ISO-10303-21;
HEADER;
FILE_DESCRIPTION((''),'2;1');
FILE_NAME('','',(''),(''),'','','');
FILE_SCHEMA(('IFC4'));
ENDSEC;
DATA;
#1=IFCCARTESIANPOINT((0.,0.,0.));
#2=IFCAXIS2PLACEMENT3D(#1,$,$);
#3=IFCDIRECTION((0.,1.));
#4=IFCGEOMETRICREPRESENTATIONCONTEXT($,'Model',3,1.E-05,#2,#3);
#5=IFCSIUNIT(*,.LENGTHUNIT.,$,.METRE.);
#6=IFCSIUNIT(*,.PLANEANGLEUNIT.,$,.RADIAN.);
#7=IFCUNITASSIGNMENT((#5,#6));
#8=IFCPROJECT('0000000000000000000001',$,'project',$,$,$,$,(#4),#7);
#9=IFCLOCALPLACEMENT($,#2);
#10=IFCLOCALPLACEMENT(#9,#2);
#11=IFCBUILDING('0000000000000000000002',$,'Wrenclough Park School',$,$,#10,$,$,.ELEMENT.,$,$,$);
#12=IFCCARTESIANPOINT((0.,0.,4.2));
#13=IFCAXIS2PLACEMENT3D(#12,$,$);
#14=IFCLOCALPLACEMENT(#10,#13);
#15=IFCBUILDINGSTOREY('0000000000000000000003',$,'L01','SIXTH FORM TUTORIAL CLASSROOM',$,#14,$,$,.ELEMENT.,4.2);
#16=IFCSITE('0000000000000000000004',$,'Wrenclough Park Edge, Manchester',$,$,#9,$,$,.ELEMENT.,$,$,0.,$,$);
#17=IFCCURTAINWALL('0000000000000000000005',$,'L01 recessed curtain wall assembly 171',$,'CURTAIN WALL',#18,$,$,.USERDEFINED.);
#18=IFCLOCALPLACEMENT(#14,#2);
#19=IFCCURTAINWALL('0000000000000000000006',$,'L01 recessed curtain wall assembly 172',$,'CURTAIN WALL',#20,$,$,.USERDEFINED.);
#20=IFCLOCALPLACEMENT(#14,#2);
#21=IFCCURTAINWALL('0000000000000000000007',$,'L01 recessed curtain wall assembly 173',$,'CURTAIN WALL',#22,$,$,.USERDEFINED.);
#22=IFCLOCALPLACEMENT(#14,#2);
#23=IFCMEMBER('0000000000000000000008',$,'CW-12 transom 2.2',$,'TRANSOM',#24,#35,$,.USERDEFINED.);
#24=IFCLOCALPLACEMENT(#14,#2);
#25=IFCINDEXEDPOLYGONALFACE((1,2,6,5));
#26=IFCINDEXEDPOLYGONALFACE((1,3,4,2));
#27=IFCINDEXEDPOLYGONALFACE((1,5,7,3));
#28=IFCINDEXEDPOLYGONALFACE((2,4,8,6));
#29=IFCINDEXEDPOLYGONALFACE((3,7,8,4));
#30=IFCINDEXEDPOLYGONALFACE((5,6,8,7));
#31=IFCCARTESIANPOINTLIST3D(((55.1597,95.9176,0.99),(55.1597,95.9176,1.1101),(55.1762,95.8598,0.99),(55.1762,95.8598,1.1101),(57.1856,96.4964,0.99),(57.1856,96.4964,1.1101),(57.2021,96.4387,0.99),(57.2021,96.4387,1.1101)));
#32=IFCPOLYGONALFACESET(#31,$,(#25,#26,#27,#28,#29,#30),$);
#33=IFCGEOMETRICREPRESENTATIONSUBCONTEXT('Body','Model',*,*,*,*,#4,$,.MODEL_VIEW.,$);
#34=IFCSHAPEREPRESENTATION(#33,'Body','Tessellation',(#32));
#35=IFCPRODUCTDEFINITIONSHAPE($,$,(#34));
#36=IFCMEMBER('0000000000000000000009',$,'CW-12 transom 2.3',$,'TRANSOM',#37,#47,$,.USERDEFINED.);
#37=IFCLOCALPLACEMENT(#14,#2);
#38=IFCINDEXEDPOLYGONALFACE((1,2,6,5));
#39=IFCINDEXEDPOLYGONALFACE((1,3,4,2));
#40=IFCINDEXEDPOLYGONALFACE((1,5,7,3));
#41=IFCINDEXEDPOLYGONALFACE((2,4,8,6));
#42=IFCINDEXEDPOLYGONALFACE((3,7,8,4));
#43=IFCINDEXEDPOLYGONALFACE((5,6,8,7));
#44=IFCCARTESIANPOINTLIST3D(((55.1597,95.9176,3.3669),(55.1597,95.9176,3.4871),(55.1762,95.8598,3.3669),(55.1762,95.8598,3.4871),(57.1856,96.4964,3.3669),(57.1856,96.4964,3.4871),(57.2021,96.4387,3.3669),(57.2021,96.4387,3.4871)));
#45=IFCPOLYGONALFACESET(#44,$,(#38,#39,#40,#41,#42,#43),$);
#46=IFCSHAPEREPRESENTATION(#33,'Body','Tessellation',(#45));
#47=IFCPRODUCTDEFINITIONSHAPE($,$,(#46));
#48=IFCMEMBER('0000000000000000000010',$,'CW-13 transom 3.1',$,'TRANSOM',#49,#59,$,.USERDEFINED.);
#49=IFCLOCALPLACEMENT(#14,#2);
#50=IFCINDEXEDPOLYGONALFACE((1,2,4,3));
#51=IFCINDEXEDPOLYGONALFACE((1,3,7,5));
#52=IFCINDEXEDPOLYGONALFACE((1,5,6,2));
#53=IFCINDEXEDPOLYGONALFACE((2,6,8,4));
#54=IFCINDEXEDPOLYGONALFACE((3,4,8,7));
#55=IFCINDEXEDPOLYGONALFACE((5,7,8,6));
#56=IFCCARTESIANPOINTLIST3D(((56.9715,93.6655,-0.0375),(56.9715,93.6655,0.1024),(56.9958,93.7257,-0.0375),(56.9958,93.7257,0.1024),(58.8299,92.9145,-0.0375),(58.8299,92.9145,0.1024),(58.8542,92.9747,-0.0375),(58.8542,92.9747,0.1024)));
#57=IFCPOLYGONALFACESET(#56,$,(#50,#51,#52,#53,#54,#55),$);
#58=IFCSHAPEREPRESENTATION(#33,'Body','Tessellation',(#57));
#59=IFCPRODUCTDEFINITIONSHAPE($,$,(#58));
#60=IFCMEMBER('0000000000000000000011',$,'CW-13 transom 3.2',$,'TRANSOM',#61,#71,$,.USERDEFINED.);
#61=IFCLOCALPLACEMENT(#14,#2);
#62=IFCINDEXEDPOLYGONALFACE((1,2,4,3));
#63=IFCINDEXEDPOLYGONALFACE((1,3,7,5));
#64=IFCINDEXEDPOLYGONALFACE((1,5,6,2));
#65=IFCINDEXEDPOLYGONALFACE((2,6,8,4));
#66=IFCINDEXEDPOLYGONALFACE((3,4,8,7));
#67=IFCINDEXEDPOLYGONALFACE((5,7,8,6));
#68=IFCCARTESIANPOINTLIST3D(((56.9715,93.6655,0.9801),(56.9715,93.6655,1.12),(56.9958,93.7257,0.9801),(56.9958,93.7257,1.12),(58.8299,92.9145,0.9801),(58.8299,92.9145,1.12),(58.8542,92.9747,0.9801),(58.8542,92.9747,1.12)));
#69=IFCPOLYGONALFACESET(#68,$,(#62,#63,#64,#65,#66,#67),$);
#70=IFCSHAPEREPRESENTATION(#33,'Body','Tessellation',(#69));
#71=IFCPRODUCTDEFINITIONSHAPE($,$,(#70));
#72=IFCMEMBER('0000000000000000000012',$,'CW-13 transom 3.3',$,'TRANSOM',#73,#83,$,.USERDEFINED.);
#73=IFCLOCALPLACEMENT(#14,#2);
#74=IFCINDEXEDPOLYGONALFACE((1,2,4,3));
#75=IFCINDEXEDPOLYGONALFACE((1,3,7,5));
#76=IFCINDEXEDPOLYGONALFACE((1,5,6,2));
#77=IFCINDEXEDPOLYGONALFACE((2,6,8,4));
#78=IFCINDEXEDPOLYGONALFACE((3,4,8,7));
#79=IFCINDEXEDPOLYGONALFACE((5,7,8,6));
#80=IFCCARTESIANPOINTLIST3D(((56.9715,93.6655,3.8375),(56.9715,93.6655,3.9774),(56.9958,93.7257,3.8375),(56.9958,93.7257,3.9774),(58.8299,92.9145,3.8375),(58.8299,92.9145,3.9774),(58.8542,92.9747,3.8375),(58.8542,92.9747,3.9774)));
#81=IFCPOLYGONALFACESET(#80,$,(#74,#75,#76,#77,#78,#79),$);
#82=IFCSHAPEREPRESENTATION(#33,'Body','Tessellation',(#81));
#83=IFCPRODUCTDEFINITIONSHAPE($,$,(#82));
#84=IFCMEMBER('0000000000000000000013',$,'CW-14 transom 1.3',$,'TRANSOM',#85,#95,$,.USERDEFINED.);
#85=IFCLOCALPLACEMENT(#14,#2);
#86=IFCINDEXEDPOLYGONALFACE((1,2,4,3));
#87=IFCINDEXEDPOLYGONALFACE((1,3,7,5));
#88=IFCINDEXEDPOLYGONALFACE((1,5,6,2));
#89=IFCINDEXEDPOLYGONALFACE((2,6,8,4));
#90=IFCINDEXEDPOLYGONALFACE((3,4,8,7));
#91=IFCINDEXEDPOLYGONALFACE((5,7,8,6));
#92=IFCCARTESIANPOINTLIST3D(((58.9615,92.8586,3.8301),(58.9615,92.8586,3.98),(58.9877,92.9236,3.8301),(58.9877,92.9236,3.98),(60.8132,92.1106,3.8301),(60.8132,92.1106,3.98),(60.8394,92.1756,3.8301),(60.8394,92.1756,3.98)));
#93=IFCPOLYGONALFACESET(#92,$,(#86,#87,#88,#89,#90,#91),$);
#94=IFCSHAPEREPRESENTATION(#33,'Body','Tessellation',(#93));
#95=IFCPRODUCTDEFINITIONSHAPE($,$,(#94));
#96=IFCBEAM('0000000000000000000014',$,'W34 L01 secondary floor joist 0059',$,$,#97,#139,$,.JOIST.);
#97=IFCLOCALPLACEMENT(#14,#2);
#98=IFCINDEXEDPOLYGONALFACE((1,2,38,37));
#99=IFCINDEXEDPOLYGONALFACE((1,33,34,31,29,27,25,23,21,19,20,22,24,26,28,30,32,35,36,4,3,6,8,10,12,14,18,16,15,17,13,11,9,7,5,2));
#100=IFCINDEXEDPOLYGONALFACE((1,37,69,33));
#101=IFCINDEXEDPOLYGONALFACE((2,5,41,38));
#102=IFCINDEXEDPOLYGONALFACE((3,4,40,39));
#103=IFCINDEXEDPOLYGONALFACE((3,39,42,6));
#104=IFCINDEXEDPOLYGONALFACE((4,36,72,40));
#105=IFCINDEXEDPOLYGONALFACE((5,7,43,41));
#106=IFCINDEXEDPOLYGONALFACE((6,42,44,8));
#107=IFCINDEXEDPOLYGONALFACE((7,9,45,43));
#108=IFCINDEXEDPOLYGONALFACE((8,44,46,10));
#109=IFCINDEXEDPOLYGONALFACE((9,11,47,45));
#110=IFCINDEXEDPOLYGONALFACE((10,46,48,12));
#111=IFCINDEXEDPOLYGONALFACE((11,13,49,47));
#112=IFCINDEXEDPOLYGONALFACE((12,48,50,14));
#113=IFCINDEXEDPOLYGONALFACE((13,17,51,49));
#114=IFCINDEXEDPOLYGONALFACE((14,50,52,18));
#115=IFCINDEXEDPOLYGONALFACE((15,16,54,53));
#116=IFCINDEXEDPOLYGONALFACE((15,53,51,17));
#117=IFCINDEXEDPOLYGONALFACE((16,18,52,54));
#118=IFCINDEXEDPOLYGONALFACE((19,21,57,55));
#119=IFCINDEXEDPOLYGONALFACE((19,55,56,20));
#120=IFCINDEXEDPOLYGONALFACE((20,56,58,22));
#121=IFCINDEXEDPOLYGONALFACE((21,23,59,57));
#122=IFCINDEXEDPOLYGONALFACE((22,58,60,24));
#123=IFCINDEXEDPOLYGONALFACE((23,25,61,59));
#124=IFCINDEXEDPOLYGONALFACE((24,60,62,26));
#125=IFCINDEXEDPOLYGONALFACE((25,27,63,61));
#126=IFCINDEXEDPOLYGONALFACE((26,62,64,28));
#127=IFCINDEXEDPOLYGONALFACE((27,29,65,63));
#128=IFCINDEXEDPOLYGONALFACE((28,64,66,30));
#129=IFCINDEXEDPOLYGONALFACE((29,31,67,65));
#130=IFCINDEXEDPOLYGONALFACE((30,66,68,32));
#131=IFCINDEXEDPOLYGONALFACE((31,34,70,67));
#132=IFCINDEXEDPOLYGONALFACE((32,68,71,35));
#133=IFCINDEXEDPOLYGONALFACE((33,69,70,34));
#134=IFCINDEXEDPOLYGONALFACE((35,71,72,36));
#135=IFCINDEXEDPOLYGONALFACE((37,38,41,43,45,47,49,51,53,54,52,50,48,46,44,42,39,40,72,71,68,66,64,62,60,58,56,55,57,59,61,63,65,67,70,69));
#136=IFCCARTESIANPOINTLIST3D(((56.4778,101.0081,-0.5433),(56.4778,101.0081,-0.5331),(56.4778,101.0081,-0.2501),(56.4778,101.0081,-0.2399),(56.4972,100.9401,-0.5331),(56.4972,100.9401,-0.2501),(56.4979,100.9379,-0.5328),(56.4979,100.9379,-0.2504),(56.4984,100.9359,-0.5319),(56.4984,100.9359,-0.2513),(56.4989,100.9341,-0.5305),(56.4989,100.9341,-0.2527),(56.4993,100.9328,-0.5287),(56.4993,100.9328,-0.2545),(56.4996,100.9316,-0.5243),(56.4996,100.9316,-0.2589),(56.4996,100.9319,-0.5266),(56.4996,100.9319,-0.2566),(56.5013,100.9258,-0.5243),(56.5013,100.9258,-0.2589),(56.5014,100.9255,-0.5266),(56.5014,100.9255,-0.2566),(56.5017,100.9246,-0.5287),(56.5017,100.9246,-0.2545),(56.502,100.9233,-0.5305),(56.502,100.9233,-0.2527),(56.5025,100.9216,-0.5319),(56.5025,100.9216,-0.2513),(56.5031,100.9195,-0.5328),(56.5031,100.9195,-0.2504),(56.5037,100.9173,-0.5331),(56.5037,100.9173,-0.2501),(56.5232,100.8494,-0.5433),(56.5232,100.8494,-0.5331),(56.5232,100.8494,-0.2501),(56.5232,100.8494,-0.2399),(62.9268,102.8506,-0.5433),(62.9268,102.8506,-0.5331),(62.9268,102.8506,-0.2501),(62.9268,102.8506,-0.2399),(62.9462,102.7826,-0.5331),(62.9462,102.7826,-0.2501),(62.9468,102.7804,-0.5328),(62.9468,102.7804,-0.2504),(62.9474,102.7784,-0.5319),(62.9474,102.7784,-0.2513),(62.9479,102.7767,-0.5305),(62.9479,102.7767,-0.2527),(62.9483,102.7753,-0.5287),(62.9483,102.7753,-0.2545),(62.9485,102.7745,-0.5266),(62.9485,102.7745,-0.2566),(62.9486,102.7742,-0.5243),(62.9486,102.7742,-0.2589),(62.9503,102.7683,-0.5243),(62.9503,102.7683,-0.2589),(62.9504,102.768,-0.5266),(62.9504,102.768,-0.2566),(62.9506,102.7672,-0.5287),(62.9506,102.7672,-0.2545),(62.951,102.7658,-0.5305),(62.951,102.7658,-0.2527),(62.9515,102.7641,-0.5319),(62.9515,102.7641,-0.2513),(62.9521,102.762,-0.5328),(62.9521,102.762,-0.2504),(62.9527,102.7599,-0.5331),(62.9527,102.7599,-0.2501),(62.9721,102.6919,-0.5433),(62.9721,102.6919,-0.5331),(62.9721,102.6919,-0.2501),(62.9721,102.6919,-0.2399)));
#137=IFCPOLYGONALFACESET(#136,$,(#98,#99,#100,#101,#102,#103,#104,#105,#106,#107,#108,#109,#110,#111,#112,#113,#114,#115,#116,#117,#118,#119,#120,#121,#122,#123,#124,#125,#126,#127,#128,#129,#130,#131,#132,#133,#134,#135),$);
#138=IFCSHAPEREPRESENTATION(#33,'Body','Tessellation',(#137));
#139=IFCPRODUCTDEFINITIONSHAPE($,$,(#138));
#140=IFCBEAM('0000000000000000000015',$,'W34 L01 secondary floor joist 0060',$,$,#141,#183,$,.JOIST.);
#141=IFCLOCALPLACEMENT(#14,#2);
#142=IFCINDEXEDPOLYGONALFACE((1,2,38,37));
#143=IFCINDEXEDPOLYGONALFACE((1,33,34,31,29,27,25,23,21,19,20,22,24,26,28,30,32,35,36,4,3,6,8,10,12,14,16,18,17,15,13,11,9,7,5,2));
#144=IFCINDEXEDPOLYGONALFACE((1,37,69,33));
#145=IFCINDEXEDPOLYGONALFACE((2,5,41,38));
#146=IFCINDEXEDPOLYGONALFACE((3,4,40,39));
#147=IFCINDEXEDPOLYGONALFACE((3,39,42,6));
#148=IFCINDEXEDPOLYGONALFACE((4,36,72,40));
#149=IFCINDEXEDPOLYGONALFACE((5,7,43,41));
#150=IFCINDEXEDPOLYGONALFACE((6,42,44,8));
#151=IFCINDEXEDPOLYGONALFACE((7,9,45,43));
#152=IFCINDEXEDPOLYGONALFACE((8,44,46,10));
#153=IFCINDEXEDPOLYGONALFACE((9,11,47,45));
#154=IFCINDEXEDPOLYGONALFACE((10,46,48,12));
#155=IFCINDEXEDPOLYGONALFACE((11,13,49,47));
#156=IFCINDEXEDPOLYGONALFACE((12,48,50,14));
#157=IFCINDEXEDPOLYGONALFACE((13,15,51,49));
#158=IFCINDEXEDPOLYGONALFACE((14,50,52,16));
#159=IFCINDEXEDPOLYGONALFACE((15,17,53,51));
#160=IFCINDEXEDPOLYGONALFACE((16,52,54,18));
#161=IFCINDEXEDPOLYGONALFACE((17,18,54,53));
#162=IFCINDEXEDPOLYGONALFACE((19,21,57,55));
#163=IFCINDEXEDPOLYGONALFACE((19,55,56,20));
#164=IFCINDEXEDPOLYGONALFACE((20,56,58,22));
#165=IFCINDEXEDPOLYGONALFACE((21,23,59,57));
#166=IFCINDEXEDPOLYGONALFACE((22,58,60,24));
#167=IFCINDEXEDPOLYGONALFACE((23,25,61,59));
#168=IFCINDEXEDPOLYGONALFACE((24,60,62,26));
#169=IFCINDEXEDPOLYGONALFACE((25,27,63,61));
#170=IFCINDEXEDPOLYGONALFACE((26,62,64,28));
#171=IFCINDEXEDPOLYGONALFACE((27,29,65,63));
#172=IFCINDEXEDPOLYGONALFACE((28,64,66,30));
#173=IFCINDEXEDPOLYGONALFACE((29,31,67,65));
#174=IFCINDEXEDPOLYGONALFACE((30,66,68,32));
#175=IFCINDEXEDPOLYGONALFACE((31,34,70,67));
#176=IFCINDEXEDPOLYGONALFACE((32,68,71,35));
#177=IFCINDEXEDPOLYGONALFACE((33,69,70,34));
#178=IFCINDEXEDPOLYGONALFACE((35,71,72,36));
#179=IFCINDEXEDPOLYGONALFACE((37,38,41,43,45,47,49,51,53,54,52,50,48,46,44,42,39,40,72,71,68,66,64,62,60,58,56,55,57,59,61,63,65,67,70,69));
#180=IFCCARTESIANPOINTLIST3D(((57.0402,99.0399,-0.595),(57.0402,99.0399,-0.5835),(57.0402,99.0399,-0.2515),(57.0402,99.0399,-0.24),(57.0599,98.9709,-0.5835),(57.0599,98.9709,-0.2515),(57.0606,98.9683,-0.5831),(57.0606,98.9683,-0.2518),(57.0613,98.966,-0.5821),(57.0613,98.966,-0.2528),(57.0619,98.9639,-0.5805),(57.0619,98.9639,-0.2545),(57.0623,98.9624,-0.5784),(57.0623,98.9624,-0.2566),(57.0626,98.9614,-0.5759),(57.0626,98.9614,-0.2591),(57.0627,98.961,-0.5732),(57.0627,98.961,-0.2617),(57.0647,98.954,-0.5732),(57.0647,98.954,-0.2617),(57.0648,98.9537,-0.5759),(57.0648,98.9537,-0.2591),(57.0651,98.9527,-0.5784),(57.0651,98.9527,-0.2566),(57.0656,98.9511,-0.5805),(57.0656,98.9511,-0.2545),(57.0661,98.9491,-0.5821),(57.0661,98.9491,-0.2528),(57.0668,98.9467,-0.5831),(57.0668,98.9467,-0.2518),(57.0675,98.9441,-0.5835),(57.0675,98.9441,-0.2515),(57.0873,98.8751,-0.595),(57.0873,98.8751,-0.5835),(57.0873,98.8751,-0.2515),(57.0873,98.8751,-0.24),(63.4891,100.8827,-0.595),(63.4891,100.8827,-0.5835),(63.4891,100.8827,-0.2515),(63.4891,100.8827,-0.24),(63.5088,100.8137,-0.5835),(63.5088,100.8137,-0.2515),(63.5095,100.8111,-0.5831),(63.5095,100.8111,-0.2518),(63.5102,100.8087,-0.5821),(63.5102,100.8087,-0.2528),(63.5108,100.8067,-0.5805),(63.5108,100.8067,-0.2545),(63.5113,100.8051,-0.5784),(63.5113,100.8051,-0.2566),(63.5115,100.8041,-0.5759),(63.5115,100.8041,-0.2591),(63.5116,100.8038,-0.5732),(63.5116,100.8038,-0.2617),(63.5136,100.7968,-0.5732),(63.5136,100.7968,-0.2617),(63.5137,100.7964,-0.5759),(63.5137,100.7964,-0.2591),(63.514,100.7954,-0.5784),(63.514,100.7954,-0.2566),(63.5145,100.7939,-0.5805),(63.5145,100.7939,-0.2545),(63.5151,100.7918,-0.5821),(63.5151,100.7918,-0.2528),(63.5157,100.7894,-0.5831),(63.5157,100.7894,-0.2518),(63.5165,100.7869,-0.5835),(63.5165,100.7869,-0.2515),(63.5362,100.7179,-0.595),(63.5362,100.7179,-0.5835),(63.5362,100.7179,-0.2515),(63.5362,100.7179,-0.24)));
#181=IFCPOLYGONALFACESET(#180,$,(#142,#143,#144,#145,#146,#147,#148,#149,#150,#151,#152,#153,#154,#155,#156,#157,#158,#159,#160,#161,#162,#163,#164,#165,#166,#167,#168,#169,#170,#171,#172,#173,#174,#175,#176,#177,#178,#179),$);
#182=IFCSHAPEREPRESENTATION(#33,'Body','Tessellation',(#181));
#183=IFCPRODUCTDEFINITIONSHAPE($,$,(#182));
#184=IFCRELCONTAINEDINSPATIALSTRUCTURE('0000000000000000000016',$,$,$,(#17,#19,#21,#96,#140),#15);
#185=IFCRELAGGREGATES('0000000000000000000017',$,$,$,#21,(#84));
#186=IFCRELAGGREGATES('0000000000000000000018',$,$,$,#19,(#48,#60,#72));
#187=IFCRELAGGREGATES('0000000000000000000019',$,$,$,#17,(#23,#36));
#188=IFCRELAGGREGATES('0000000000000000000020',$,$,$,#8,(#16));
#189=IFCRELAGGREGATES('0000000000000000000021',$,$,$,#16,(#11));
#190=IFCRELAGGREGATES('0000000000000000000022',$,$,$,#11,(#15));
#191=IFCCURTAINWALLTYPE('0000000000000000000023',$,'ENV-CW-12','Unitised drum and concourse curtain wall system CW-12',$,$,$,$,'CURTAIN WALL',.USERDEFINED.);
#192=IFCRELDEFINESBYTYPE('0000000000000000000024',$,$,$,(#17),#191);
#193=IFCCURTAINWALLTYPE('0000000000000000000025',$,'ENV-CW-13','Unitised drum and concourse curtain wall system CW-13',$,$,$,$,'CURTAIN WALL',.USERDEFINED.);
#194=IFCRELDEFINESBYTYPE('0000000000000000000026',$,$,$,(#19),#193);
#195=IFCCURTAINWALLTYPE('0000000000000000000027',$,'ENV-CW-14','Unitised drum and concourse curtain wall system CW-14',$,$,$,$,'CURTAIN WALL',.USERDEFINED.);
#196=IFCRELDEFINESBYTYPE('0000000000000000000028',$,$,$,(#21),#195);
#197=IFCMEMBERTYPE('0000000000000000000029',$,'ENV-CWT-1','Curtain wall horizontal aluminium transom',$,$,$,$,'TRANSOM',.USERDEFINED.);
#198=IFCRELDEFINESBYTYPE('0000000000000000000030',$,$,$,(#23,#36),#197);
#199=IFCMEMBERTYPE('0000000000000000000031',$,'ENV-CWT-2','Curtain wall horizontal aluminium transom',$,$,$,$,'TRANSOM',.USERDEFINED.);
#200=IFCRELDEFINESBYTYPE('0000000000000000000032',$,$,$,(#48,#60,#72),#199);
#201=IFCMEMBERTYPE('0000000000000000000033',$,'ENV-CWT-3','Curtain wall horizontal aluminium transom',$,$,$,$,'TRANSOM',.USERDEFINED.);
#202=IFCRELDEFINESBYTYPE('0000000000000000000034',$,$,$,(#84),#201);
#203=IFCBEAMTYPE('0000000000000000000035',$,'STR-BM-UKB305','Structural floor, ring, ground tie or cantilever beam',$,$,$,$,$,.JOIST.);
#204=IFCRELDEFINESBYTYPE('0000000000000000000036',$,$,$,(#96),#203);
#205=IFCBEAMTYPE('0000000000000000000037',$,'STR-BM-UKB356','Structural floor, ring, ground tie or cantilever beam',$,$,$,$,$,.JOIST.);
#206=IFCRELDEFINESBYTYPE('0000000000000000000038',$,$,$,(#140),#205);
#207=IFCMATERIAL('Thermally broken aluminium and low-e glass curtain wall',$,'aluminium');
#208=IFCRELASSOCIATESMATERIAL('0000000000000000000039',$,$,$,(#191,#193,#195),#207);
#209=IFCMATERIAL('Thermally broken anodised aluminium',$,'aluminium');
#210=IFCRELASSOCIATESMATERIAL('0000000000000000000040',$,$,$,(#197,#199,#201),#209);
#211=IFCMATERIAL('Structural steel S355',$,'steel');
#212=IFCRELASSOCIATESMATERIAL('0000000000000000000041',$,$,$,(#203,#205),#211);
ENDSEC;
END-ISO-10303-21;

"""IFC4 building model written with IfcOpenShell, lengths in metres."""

from ifc_helpers import new_model, si_unit, direction, frame, origin, origin_2d, place, context, subcontext, project, spatial, rectangle, i_section, extrude, material, material_profile, profile_set, type_object, element, aggregate, save


model = new_model("IFC4")

# Units and contexts
model_context = context("Model", 3, precision=1e-05, world=origin(), true_north=direction((0.0, 1.0)))
body_context = subcontext(model_context, "Body", "Model", "MODEL_VIEW")
ifc_project = project(units=[si_unit("LENGTHUNIT", "METRE"), si_unit("PLANEANGLEUNIT", "RADIAN")], contexts=[model_context])

# Site, building, storey
site_placement = place(None, origin())
site = spatial("IfcSite", under=ifc_project, at=site_placement, Name="Wrenclough Park Edge, Manchester", CompositionType="ELEMENT", RefElevation=0.0)
building_placement = place(site_placement, origin())
building = spatial("IfcBuilding", under=site, at=building_placement, Name="Wrenclough Park School", CompositionType="ELEMENT")
storey_placement = place(building_placement, frame((0.0, 0.0, 4.2)))
storey = spatial("IfcBuildingStorey", under=building, at=storey_placement, Name="L01", Description="SIXTH FORM TUTORIAL CLASSROOM", CompositionType="ELEMENT", Elevation=4.2)

# Shared definitions
ifc_material_1 = material(Name="Structural steel S355", Category="steel")

# Curtain walls
ifc_material_2 = material(Name="Thermally broken aluminium and low-e glass curtain wall", Category="aluminium")
curtain_wall_type_1 = type_object("IfcCurtainWallType", Name="ENV-CW-12", Description="Unitised drum and concourse curtain wall system CW-12", ElementType="CURTAIN WALL", PredefinedType="USERDEFINED", material=ifc_material_2)
curtain_wall_1_placement = place(storey_placement, origin())
curtain_wall_1 = element("IfcCurtainWall", 1, at=curtain_wall_1_placement, inside=storey, type_object=curtain_wall_type_1, Name="L01 recessed curtain wall assembly 171", ObjectType="CURTAIN WALL", PredefinedType="USERDEFINED")
ifc_material_3 = material(Name="Thermally broken anodised aluminium", Category="aluminium")
curtain_wall_type_2 = type_object("IfcCurtainWallType", Name="ENV-CW-13", Description="Unitised drum and concourse curtain wall system CW-13", ElementType="CURTAIN WALL", PredefinedType="USERDEFINED", material=ifc_material_2)
curtain_wall_2_placement = place(storey_placement, origin())
curtain_wall_2 = element("IfcCurtainWall", 2, at=curtain_wall_2_placement, inside=storey, type_object=curtain_wall_type_2, Name="L01 recessed curtain wall assembly 172", ObjectType="CURTAIN WALL", PredefinedType="USERDEFINED")

# Curtain wall
curtain_wall_type_3 = type_object("IfcCurtainWallType", Name="ENV-CW-14", Description="Unitised drum and concourse curtain wall system CW-14", ElementType="CURTAIN WALL", PredefinedType="USERDEFINED", material=ifc_material_2)
curtain_wall_3_placement = place(storey_placement, origin())
curtain_wall_3 = element("IfcCurtainWall", 3, at=curtain_wall_3_placement, inside=storey, type_object=curtain_wall_type_3, Name="L01 recessed curtain wall assembly 173", ObjectType="CURTAIN WALL", PredefinedType="USERDEFINED")

# Members
ifc_material_profile_1 = material_profile(ifc_material_3, rectangle(XDim=0.0601, YDim=0.1201, at=origin_2d()), Name="AL TRANSOM 60x120")
ifc_profile_set_1 = profile_set([ifc_material_profile_1], Name="Thermally broken anodised aluminium")
member_type_1 = type_object("IfcMemberType", Name="ENV-CWT-1", Description="Curtain wall horizontal aluminium transom", ElementType="TRANSOM", PredefinedType="USERDEFINED", material=ifc_profile_set_1)
member_1_placement = place(storey_placement, frame((57.1938, 96.4675, 1.05), z_axis=(-0.96152, -0.274736, 0.0), x_axis=(0.274736, -0.96152, 0.0)))
member_1 = element("IfcMember", 4, at=member_1_placement, type_object=member_type_1, Name="CW-12 transom 2.2", ObjectType="TRANSOM", PredefinedType="USERDEFINED", context=body_context, shape_type="SweptSolid", body=[
    extrude(rectangle(XDim=0.0601, YDim=0.1201, at=origin_2d()), origin(), (0.0, 0.0, 1.0), 2.1069),
])
member_2_placement = place(storey_placement, frame((57.1938, 96.4675, 3.427), z_axis=(-0.96152, -0.274736, 0.0), x_axis=(0.274736, -0.96152, 0.0)))
member_2 = element("IfcMember", 5, at=member_2_placement, type_object=member_type_1, Name="CW-12 transom 2.3", ObjectType="TRANSOM", PredefinedType="USERDEFINED", context=body_context, shape_type="SweptSolid", body=[
    extrude(rectangle(XDim=0.0601, YDim=0.1201, at=origin_2d()), origin(), (0.0, 0.0, 1.0), 2.1069),
])
ifc_material_profile_2 = material_profile(ifc_material_3, rectangle(XDim=0.0649, YDim=0.1399, at=origin_2d()), Name="AL TRANSOM 65x140")
ifc_profile_set_2 = profile_set([ifc_material_profile_2], Name="Thermally broken anodised aluminium")
member_type_2 = type_object("IfcMemberType", Name="ENV-CWT-2", Description="Curtain wall horizontal aluminium transom", ElementType="TRANSOM", PredefinedType="USERDEFINED", material=ifc_profile_set_2)
member_3_placement = place(storey_placement, frame((56.9836, 93.6956, 0.0325), z_axis=(0.92716, -0.374664, 0.0), x_axis=(0.374664, 0.92716, 0.0)))
member_3 = element("IfcMember", 6, at=member_3_placement, type_object=member_type_2, Name="CW-13 transom 3.1", ObjectType="TRANSOM", PredefinedType="USERDEFINED", context=body_context, shape_type="SweptSolid", body=[
    extrude(rectangle(XDim=0.0649, YDim=0.1399, at=origin_2d()), origin(), (0.0, 0.0, 1.0), 2.0044),
])
member_4_placement = place(storey_placement, frame((56.9836, 93.6956, 1.05), z_axis=(0.92716, -0.374664, 0.0), x_axis=(0.374664, 0.92716, 0.0)))
member_4 = element("IfcMember", 7, at=member_4_placement, type_object=member_type_2, Name="CW-13 transom 3.2", ObjectType="TRANSOM", PredefinedType="USERDEFINED", context=body_context, shape_type="SweptSolid", body=[
    extrude(rectangle(XDim=0.0649, YDim=0.1399, at=origin_2d()), origin(), (0.0, 0.0, 1.0), 2.0044),
])
member_5_placement = place(storey_placement, frame((56.9836, 93.6956, 3.9075), z_axis=(0.92716, -0.374664, 0.0), x_axis=(0.374664, 0.92716, 0.0)))
member_5 = element("IfcMember", 8, at=member_5_placement, type_object=member_type_2, Name="CW-13 transom 3.3", ObjectType="TRANSOM", PredefinedType="USERDEFINED", context=body_context, shape_type="SweptSolid", body=[
    extrude(rectangle(XDim=0.0649, YDim=0.1399, at=origin_2d()), origin(), (0.0, 0.0, 1.0), 2.0044),
])
ifc_material_profile_3 = material_profile(ifc_material_3, rectangle(XDim=0.0701, YDim=0.1499, at=origin_2d()), Name="AL TRANSOM 70x150")
ifc_profile_set_3 = profile_set([ifc_material_profile_3], Name="Thermally broken anodised aluminium")
member_type_3 = type_object("IfcMemberType", Name="ENV-CWT-3", Description="Curtain wall horizontal aluminium transom", ElementType="TRANSOM", PredefinedType="USERDEFINED", material=ifc_profile_set_3)
member_6_placement = place(storey_placement, frame((58.9746, 92.8911, 3.905), z_axis=(0.927207, -0.37455, 0.0), x_axis=(0.37455, 0.927207, 0.0)))
member_6 = element("IfcMember", 9, at=member_6_placement, type_object=member_type_3, Name="CW-14 transom 1.3", ObjectType="TRANSOM", PredefinedType="USERDEFINED", context=body_context, shape_type="SweptSolid", body=[
    extrude(rectangle(XDim=0.0701, YDim=0.1499, at=origin_2d()), origin(), (0.0, 0.0, 1.0), 1.9971),
])
aggregate(curtain_wall_3, [member_6])

# Beams
ifc_material_profile_4 = material_profile(ifc_material_1, i_section(OverallWidth=0.165, OverallDepth=0.3035, WebThickness=0.0061, FlangeThickness=0.0103, FilletRadius=0.0088, at=origin_2d()), Name="UKB 305x165x40")
ifc_profile_set_4 = profile_set([ifc_material_profile_4], Name="Structural steel S355")
beam_type_1 = type_object("IfcBeamType", Name="STR-BM-UKB305", Description="Structural floor, ring, ground tie or cantilever beam", PredefinedType="JOIST", material=ifc_profile_set_4)
beam_1_placement = place(storey_placement, frame((56.5005, 100.9287, -0.3916), z_axis=(0.961525, 0.274716, 0.0), x_axis=(-0.274716, 0.961525, 0.0)))
element("IfcBeam", 10, at=beam_1_placement, inside=storey, type_object=beam_type_1, Name="W34 L01 secondary floor joist 0059", PredefinedType="JOIST", context=body_context, shape_type="SweptSolid", body=[
    extrude(i_section(OverallWidth=0.165, OverallDepth=0.3035, WebThickness=0.0061, FlangeThickness=0.0103, FilletRadius=0.0088, at=origin_2d()), origin(), (0.0, 0.0, 1.0), 6.707),
])
ifc_material_profile_5 = material_profile(ifc_material_1, i_section(OverallWidth=0.1714, OverallDepth=0.355, WebThickness=0.0073, FlangeThickness=0.0115, FilletRadius=0.0103, at=origin_2d()), Name="UKB 356x171x51")
ifc_profile_set_5 = profile_set([ifc_material_profile_5], Name="Structural steel S355")
beam_type_2 = type_object("IfcBeamType", Name="STR-BM-UKB356", Description="Structural floor, ring, ground tie or cantilever beam", PredefinedType="JOIST", material=ifc_profile_set_5)
beam_2_placement = place(storey_placement, frame((57.0637, 98.9575, -0.4175), z_axis=(0.961516, 0.27475, 0.0), x_axis=(-0.27475, 0.961516, 0.0)))
element("IfcBeam", 11, at=beam_2_placement, inside=storey, type_object=beam_type_2, Name="W34 L01 secondary floor joist 0060", PredefinedType="JOIST", context=body_context, shape_type="SweptSolid", body=[
    extrude(i_section(OverallWidth=0.1714, OverallDepth=0.355, WebThickness=0.0073, FlangeThickness=0.0115, FilletRadius=0.0103, at=origin_2d()), origin(), (0.0, 0.0, 1.0), 6.707),
])

aggregate(curtain_wall_2, [member_3, member_4, member_5])
aggregate(curtain_wall_1, [member_1, member_2])

save(model, "model.ifc")
